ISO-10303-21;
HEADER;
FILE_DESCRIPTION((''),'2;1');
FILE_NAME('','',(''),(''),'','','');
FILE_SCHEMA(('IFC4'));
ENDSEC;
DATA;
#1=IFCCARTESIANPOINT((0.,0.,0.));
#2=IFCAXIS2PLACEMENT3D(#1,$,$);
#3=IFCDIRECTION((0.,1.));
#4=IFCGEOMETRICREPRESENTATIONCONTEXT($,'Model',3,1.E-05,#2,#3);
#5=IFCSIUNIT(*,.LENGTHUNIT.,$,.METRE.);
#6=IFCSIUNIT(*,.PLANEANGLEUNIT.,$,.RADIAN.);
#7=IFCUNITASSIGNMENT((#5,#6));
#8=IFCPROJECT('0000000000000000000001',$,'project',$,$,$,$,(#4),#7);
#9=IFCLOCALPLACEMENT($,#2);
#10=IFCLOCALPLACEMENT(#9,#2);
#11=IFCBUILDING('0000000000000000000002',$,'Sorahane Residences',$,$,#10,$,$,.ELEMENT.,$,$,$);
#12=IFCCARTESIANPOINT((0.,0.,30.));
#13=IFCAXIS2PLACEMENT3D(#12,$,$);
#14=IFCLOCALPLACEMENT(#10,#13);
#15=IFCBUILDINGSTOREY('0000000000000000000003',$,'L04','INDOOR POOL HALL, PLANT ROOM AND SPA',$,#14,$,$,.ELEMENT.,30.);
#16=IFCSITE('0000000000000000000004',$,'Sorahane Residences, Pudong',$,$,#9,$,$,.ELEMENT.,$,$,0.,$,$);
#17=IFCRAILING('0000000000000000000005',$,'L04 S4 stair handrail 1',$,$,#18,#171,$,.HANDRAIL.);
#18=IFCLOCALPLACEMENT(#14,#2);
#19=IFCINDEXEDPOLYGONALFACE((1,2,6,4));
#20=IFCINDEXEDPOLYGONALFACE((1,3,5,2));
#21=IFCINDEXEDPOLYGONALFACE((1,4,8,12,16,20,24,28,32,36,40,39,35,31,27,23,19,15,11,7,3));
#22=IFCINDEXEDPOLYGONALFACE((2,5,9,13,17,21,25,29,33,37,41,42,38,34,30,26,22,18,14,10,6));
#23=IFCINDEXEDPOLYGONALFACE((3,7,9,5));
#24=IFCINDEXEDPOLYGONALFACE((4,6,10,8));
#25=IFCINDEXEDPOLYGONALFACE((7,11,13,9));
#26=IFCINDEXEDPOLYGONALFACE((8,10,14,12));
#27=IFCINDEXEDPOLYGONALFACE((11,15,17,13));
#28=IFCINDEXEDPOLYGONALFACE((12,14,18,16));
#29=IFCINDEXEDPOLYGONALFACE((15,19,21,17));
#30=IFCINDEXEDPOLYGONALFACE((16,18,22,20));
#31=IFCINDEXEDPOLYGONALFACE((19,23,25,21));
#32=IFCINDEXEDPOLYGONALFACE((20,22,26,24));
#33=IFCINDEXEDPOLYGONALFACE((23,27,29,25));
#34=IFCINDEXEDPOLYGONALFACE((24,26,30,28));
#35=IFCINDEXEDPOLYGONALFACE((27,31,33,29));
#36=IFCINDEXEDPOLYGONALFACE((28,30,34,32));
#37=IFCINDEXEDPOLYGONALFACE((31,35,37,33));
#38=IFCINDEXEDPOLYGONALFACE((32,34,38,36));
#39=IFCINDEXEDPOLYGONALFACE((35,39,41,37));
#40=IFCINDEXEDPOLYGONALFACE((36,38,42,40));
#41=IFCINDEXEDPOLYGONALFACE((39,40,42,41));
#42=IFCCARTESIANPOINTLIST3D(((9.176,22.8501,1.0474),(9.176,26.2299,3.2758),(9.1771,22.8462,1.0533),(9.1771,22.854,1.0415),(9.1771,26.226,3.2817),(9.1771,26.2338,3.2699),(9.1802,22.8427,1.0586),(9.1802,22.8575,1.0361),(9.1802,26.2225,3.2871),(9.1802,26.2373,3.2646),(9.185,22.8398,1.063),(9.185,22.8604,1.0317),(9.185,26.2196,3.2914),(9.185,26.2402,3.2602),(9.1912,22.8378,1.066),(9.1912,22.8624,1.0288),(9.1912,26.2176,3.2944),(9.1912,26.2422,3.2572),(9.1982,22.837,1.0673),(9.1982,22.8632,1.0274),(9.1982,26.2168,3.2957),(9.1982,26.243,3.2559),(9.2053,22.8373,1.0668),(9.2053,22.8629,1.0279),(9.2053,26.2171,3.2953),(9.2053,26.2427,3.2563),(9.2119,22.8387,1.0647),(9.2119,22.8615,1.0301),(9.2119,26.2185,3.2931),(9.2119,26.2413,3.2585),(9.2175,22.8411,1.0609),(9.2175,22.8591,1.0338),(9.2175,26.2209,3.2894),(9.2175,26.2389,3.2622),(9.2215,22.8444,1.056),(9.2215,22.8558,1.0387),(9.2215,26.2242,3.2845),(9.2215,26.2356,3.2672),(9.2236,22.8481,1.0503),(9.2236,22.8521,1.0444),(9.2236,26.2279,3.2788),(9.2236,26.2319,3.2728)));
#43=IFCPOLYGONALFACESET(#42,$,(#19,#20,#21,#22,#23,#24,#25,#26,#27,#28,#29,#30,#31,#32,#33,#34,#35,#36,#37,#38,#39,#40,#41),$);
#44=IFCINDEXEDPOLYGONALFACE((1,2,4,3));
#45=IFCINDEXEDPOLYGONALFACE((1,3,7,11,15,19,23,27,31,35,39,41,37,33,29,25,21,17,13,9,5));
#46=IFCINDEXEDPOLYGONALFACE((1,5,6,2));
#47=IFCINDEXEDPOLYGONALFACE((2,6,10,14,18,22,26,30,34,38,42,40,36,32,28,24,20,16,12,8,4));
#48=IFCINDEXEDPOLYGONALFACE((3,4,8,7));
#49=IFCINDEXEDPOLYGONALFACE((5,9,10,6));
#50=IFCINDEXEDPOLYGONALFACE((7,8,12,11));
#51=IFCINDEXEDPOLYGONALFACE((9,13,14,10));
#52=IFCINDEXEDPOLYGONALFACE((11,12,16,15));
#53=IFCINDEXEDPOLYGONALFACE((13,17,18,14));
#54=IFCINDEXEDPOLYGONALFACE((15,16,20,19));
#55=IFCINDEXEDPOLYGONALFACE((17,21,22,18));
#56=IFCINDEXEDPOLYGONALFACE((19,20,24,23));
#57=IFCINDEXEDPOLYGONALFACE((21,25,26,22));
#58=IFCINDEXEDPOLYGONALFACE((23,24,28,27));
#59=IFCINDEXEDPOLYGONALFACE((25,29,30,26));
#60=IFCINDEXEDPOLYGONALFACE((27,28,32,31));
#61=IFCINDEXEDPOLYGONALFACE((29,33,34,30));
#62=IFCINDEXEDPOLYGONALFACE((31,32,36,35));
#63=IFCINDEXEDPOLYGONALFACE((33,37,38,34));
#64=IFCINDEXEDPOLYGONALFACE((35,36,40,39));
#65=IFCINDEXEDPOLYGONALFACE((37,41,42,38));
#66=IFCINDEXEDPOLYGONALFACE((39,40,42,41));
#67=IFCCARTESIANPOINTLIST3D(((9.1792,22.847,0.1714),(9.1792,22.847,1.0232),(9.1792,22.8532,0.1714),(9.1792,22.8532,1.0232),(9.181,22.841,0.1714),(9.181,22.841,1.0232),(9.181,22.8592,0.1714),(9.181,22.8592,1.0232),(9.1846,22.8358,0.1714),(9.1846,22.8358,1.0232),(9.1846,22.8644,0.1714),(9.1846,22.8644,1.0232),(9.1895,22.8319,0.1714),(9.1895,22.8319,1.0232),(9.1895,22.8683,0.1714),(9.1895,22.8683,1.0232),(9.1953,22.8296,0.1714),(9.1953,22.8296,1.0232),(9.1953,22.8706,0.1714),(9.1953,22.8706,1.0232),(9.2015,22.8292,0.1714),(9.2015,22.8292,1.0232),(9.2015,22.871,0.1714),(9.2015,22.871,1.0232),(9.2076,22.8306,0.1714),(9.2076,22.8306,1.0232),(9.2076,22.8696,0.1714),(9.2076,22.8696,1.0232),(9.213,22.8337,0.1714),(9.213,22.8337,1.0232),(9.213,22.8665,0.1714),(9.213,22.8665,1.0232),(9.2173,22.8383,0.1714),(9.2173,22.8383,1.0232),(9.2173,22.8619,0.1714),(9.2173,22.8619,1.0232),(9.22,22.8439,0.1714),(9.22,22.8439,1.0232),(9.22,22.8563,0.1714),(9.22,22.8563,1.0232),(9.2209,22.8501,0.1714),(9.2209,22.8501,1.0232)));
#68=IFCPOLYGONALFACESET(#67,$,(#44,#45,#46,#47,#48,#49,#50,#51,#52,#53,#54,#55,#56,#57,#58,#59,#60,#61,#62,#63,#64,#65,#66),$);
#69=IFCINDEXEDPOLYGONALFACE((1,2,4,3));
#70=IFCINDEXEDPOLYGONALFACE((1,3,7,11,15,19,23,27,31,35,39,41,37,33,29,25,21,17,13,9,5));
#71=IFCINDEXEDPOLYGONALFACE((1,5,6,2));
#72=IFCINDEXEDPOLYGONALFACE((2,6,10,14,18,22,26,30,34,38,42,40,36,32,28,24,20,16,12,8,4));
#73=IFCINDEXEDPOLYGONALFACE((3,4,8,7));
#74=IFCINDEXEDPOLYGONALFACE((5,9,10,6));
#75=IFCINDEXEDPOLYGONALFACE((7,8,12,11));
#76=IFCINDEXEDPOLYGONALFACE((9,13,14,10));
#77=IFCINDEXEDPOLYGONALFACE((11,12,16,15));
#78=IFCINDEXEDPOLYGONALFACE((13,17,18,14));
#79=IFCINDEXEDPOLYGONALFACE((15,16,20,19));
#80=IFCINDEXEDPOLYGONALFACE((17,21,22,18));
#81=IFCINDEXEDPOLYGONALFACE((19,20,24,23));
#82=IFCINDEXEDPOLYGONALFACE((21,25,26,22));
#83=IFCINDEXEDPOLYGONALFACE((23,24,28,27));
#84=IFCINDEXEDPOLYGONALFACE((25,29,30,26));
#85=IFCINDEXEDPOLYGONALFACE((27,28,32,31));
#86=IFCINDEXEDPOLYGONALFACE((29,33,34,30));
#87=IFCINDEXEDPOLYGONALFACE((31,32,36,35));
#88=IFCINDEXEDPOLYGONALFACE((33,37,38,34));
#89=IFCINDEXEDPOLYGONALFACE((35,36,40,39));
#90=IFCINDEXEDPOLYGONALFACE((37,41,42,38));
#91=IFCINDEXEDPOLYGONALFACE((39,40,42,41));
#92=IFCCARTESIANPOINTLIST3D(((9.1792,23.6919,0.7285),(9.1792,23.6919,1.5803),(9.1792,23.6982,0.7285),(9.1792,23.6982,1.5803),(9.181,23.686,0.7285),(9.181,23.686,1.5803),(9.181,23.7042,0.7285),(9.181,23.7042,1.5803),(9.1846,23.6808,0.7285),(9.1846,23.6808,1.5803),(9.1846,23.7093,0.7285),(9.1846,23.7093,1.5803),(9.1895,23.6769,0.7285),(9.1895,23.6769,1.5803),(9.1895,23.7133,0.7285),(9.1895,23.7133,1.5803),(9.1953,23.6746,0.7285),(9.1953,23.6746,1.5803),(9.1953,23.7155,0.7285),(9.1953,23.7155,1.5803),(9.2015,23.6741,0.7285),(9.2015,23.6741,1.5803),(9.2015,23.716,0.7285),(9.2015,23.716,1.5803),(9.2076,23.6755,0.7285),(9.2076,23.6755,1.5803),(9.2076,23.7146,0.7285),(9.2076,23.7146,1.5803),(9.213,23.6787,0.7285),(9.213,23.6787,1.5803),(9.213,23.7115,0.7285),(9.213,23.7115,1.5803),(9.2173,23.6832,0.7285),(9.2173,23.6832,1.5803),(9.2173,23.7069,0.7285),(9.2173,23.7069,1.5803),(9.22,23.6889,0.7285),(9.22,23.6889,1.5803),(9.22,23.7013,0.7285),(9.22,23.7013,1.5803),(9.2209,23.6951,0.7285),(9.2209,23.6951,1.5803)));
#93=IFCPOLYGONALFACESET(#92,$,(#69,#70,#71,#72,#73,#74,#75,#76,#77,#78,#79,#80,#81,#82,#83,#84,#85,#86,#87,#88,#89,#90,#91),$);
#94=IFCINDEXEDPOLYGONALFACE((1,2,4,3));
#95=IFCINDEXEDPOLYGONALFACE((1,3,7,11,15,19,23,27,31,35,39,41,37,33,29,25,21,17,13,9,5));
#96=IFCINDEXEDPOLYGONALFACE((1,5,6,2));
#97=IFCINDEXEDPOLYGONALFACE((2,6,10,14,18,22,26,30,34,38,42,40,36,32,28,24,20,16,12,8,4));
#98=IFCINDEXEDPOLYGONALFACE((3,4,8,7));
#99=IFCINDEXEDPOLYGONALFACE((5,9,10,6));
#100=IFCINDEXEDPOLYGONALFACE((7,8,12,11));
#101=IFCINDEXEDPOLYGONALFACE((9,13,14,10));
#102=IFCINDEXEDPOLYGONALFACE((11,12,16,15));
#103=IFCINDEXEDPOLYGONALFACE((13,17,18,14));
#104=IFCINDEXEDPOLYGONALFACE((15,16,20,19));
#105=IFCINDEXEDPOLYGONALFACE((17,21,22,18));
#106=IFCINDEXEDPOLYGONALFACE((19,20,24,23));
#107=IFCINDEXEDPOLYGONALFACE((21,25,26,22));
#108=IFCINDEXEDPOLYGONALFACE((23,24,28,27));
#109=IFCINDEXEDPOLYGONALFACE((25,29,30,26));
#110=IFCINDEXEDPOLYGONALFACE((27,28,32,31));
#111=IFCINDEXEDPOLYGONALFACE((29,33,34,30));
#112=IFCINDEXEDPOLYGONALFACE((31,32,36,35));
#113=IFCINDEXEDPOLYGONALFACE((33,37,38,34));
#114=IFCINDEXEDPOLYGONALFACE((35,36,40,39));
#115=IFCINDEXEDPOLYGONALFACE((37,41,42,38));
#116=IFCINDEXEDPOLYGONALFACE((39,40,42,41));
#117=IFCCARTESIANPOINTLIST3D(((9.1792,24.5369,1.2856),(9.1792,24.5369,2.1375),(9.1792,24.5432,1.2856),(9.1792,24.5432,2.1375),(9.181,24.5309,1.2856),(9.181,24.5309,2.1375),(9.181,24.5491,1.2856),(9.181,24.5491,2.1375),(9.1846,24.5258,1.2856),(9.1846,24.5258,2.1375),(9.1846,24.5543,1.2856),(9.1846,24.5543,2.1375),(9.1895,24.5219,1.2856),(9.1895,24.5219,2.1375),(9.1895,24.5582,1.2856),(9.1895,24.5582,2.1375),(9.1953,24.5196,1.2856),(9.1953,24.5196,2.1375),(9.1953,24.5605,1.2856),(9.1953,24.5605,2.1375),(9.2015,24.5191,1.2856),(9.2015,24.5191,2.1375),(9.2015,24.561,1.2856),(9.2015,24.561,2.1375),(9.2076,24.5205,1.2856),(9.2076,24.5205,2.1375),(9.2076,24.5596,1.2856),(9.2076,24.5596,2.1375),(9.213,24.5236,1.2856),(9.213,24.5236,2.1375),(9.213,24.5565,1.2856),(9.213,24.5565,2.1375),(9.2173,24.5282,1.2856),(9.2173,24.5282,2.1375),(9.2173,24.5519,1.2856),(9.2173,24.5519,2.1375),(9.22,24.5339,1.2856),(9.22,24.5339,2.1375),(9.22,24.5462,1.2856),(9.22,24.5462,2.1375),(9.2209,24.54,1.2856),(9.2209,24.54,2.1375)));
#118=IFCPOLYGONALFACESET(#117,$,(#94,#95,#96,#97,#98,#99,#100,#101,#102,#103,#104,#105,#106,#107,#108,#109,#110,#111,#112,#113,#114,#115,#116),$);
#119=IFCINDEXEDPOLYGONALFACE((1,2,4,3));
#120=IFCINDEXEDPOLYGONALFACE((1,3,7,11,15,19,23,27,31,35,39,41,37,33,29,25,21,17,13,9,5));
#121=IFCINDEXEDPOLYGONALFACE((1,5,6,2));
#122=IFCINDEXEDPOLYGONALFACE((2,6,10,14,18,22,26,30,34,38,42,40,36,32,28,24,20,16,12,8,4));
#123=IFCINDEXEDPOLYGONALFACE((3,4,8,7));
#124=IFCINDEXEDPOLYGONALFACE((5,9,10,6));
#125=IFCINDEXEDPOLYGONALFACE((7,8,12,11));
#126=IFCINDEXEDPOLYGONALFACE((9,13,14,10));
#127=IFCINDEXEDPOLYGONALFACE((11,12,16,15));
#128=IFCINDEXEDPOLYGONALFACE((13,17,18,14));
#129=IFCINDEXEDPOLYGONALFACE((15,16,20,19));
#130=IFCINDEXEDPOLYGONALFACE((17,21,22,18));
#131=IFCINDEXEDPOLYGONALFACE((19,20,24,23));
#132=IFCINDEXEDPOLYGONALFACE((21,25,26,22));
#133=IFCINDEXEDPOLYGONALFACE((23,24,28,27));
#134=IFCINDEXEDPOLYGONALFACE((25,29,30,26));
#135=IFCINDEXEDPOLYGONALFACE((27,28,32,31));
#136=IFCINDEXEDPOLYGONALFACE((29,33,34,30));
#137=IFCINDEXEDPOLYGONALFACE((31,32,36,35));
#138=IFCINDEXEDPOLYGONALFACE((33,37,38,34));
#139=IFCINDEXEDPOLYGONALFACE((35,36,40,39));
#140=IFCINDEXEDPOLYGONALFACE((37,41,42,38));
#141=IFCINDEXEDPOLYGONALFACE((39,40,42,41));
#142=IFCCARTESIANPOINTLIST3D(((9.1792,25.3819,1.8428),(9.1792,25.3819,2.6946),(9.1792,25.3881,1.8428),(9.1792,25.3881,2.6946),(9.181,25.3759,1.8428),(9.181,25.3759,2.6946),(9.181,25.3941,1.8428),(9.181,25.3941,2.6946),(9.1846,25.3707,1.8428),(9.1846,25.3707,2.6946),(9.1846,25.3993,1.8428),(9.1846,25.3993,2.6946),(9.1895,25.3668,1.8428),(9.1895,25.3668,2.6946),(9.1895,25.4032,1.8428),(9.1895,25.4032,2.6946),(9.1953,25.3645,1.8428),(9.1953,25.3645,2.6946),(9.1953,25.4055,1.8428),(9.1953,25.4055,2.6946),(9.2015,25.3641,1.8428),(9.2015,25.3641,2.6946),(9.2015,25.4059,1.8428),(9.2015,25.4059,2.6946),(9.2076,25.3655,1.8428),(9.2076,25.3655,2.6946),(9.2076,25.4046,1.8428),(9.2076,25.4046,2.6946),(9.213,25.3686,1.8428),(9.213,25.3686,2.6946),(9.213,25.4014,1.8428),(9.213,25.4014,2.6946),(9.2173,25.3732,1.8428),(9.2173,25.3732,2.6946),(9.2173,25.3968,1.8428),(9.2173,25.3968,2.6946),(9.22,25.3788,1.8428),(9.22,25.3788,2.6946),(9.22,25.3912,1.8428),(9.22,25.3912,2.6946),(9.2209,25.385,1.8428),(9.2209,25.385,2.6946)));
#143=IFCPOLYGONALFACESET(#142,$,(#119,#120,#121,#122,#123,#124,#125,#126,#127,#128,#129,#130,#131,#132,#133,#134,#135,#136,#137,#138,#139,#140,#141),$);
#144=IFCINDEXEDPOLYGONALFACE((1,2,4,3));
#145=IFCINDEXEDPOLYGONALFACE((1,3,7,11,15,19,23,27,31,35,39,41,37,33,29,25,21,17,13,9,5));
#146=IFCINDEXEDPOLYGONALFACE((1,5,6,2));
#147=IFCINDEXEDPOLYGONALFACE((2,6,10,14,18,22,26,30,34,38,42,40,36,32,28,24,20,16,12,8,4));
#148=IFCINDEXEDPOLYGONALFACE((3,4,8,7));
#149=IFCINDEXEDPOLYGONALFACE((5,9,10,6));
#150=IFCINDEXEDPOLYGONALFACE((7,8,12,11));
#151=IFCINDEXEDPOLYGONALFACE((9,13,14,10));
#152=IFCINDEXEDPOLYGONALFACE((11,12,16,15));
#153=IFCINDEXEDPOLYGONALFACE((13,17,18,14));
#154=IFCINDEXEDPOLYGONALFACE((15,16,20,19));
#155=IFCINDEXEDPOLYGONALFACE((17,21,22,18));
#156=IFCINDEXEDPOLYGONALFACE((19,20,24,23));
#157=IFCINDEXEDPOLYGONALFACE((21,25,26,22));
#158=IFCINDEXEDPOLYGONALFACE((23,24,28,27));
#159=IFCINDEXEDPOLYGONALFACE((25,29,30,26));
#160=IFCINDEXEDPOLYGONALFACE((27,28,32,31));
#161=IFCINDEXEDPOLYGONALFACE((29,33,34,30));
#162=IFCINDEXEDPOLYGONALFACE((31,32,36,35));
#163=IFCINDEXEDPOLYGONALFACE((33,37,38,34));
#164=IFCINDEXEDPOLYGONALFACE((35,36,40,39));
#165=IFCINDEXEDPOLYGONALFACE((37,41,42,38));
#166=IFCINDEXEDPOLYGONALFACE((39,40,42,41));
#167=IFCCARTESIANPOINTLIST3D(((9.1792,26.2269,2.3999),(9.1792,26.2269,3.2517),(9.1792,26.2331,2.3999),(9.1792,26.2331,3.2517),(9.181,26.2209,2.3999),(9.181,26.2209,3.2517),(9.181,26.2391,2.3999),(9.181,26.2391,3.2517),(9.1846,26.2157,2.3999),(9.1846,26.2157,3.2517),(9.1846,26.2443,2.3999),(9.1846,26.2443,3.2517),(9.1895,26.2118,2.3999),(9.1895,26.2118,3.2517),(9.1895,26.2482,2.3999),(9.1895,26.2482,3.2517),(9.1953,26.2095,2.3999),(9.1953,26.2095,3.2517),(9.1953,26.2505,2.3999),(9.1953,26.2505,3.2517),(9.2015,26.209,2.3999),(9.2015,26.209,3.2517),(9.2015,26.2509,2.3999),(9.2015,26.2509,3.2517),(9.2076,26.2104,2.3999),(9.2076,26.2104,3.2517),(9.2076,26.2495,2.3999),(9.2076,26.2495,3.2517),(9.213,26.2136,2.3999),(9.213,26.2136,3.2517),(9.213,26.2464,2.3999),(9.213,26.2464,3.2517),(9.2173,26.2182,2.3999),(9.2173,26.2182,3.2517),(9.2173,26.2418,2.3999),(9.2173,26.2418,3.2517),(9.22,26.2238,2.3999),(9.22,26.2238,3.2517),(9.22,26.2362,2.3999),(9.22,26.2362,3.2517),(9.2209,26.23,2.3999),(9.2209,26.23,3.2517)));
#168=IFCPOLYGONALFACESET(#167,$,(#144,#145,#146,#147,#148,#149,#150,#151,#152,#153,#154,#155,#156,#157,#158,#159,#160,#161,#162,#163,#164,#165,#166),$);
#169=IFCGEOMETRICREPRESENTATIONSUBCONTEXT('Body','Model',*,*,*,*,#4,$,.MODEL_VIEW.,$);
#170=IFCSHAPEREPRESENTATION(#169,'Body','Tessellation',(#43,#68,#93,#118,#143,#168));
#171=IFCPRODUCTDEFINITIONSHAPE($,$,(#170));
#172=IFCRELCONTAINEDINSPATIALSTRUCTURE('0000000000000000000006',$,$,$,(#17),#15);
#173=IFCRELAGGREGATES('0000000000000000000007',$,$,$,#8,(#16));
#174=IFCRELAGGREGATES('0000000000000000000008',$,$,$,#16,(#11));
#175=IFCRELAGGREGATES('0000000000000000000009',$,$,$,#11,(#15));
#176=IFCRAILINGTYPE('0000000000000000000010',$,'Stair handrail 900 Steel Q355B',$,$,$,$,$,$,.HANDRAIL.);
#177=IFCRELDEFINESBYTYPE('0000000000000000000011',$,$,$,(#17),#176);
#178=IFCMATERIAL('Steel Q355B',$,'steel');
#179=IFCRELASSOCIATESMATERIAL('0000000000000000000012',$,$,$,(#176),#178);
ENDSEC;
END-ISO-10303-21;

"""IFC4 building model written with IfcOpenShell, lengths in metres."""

from ifc_helpers import new_model, si_unit, direction, frame, origin, origin_2d, place, context, subcontext, project, spatial, circle, extrude, material, type_object, element, save


model = new_model("IFC4")

# Units and contexts
model_context = context("Model", 3, precision=1e-05, world=origin(), true_north=direction((0.0, 1.0)))
body_context = subcontext(model_context, "Body", "Model", "MODEL_VIEW")
ifc_project = project(units=[si_unit("LENGTHUNIT", "METRE"), si_unit("PLANEANGLEUNIT", "RADIAN")], contexts=[model_context])

# Site, building, storey
site_placement = place(None, origin())
site = spatial("IfcSite", under=ifc_project, at=site_placement, Name="Sorahane Residences, Pudong", CompositionType="ELEMENT", RefElevation=0.0)
building_placement = place(site_placement, origin())
building = spatial("IfcBuilding", under=site, at=building_placement, Name="Sorahane Residences", CompositionType="ELEMENT")
storey_placement = place(building_placement, frame((0.0, 0.0, 30.0)))
storey = spatial("IfcBuildingStorey", under=building, at=storey_placement, Name="L04", Description="INDOOR POOL HALL, PLANT ROOM AND SPA", CompositionType="ELEMENT", Elevation=30.0)

# Railing
ifc_material_1 = material(Name="Steel Q355B", Category="steel")
railing_type_1 = type_object("IfcRailingType", Name="Stair handrail 900 Steel Q355B", PredefinedType="HANDRAIL", material=ifc_material_1)
railing_1_placement = place(storey_placement, frame((9.2, 22.8501, 0.1714)))
element("IfcRailing", 1, at=railing_1_placement, inside=storey, type_object=railing_type_1, Name="L04 S4 stair handrail 1", PredefinedType="HANDRAIL", context=body_context, shape_type="SweptSolid", body=[
    extrude(circle(Radius=0.0239, at=origin_2d()), frame((0.0, 0.0, 0.876), z_axis=(0.0, 0.83486, 0.550462), x_axis=(-1.0, 0.0, 0.0)), (0.0, 0.0, 1.0), 4.0483),
    extrude(circle(Radius=0.021, at=origin_2d()), origin(), (0.0, 0.0, 1.0), 0.8518),
    extrude(circle(Radius=0.021, at=origin_2d()), frame((0.0, 0.845, 0.5571)), (0.0, 0.0, 1.0), 0.8518),
    extrude(circle(Radius=0.021, at=origin_2d()), frame((0.0, 1.6899, 1.1143)), (0.0, 0.0, 1.0), 0.8518),
    extrude(circle(Radius=0.021, at=origin_2d()), frame((0.0, 2.5349, 1.6714)), (0.0, 0.0, 1.0), 0.8518),
    extrude(circle(Radius=0.021, at=origin_2d()), frame((0.0, 3.3799, 2.2285)), (0.0, 0.0, 1.0), 0.8518),
])

save(model, "model.ifc")
